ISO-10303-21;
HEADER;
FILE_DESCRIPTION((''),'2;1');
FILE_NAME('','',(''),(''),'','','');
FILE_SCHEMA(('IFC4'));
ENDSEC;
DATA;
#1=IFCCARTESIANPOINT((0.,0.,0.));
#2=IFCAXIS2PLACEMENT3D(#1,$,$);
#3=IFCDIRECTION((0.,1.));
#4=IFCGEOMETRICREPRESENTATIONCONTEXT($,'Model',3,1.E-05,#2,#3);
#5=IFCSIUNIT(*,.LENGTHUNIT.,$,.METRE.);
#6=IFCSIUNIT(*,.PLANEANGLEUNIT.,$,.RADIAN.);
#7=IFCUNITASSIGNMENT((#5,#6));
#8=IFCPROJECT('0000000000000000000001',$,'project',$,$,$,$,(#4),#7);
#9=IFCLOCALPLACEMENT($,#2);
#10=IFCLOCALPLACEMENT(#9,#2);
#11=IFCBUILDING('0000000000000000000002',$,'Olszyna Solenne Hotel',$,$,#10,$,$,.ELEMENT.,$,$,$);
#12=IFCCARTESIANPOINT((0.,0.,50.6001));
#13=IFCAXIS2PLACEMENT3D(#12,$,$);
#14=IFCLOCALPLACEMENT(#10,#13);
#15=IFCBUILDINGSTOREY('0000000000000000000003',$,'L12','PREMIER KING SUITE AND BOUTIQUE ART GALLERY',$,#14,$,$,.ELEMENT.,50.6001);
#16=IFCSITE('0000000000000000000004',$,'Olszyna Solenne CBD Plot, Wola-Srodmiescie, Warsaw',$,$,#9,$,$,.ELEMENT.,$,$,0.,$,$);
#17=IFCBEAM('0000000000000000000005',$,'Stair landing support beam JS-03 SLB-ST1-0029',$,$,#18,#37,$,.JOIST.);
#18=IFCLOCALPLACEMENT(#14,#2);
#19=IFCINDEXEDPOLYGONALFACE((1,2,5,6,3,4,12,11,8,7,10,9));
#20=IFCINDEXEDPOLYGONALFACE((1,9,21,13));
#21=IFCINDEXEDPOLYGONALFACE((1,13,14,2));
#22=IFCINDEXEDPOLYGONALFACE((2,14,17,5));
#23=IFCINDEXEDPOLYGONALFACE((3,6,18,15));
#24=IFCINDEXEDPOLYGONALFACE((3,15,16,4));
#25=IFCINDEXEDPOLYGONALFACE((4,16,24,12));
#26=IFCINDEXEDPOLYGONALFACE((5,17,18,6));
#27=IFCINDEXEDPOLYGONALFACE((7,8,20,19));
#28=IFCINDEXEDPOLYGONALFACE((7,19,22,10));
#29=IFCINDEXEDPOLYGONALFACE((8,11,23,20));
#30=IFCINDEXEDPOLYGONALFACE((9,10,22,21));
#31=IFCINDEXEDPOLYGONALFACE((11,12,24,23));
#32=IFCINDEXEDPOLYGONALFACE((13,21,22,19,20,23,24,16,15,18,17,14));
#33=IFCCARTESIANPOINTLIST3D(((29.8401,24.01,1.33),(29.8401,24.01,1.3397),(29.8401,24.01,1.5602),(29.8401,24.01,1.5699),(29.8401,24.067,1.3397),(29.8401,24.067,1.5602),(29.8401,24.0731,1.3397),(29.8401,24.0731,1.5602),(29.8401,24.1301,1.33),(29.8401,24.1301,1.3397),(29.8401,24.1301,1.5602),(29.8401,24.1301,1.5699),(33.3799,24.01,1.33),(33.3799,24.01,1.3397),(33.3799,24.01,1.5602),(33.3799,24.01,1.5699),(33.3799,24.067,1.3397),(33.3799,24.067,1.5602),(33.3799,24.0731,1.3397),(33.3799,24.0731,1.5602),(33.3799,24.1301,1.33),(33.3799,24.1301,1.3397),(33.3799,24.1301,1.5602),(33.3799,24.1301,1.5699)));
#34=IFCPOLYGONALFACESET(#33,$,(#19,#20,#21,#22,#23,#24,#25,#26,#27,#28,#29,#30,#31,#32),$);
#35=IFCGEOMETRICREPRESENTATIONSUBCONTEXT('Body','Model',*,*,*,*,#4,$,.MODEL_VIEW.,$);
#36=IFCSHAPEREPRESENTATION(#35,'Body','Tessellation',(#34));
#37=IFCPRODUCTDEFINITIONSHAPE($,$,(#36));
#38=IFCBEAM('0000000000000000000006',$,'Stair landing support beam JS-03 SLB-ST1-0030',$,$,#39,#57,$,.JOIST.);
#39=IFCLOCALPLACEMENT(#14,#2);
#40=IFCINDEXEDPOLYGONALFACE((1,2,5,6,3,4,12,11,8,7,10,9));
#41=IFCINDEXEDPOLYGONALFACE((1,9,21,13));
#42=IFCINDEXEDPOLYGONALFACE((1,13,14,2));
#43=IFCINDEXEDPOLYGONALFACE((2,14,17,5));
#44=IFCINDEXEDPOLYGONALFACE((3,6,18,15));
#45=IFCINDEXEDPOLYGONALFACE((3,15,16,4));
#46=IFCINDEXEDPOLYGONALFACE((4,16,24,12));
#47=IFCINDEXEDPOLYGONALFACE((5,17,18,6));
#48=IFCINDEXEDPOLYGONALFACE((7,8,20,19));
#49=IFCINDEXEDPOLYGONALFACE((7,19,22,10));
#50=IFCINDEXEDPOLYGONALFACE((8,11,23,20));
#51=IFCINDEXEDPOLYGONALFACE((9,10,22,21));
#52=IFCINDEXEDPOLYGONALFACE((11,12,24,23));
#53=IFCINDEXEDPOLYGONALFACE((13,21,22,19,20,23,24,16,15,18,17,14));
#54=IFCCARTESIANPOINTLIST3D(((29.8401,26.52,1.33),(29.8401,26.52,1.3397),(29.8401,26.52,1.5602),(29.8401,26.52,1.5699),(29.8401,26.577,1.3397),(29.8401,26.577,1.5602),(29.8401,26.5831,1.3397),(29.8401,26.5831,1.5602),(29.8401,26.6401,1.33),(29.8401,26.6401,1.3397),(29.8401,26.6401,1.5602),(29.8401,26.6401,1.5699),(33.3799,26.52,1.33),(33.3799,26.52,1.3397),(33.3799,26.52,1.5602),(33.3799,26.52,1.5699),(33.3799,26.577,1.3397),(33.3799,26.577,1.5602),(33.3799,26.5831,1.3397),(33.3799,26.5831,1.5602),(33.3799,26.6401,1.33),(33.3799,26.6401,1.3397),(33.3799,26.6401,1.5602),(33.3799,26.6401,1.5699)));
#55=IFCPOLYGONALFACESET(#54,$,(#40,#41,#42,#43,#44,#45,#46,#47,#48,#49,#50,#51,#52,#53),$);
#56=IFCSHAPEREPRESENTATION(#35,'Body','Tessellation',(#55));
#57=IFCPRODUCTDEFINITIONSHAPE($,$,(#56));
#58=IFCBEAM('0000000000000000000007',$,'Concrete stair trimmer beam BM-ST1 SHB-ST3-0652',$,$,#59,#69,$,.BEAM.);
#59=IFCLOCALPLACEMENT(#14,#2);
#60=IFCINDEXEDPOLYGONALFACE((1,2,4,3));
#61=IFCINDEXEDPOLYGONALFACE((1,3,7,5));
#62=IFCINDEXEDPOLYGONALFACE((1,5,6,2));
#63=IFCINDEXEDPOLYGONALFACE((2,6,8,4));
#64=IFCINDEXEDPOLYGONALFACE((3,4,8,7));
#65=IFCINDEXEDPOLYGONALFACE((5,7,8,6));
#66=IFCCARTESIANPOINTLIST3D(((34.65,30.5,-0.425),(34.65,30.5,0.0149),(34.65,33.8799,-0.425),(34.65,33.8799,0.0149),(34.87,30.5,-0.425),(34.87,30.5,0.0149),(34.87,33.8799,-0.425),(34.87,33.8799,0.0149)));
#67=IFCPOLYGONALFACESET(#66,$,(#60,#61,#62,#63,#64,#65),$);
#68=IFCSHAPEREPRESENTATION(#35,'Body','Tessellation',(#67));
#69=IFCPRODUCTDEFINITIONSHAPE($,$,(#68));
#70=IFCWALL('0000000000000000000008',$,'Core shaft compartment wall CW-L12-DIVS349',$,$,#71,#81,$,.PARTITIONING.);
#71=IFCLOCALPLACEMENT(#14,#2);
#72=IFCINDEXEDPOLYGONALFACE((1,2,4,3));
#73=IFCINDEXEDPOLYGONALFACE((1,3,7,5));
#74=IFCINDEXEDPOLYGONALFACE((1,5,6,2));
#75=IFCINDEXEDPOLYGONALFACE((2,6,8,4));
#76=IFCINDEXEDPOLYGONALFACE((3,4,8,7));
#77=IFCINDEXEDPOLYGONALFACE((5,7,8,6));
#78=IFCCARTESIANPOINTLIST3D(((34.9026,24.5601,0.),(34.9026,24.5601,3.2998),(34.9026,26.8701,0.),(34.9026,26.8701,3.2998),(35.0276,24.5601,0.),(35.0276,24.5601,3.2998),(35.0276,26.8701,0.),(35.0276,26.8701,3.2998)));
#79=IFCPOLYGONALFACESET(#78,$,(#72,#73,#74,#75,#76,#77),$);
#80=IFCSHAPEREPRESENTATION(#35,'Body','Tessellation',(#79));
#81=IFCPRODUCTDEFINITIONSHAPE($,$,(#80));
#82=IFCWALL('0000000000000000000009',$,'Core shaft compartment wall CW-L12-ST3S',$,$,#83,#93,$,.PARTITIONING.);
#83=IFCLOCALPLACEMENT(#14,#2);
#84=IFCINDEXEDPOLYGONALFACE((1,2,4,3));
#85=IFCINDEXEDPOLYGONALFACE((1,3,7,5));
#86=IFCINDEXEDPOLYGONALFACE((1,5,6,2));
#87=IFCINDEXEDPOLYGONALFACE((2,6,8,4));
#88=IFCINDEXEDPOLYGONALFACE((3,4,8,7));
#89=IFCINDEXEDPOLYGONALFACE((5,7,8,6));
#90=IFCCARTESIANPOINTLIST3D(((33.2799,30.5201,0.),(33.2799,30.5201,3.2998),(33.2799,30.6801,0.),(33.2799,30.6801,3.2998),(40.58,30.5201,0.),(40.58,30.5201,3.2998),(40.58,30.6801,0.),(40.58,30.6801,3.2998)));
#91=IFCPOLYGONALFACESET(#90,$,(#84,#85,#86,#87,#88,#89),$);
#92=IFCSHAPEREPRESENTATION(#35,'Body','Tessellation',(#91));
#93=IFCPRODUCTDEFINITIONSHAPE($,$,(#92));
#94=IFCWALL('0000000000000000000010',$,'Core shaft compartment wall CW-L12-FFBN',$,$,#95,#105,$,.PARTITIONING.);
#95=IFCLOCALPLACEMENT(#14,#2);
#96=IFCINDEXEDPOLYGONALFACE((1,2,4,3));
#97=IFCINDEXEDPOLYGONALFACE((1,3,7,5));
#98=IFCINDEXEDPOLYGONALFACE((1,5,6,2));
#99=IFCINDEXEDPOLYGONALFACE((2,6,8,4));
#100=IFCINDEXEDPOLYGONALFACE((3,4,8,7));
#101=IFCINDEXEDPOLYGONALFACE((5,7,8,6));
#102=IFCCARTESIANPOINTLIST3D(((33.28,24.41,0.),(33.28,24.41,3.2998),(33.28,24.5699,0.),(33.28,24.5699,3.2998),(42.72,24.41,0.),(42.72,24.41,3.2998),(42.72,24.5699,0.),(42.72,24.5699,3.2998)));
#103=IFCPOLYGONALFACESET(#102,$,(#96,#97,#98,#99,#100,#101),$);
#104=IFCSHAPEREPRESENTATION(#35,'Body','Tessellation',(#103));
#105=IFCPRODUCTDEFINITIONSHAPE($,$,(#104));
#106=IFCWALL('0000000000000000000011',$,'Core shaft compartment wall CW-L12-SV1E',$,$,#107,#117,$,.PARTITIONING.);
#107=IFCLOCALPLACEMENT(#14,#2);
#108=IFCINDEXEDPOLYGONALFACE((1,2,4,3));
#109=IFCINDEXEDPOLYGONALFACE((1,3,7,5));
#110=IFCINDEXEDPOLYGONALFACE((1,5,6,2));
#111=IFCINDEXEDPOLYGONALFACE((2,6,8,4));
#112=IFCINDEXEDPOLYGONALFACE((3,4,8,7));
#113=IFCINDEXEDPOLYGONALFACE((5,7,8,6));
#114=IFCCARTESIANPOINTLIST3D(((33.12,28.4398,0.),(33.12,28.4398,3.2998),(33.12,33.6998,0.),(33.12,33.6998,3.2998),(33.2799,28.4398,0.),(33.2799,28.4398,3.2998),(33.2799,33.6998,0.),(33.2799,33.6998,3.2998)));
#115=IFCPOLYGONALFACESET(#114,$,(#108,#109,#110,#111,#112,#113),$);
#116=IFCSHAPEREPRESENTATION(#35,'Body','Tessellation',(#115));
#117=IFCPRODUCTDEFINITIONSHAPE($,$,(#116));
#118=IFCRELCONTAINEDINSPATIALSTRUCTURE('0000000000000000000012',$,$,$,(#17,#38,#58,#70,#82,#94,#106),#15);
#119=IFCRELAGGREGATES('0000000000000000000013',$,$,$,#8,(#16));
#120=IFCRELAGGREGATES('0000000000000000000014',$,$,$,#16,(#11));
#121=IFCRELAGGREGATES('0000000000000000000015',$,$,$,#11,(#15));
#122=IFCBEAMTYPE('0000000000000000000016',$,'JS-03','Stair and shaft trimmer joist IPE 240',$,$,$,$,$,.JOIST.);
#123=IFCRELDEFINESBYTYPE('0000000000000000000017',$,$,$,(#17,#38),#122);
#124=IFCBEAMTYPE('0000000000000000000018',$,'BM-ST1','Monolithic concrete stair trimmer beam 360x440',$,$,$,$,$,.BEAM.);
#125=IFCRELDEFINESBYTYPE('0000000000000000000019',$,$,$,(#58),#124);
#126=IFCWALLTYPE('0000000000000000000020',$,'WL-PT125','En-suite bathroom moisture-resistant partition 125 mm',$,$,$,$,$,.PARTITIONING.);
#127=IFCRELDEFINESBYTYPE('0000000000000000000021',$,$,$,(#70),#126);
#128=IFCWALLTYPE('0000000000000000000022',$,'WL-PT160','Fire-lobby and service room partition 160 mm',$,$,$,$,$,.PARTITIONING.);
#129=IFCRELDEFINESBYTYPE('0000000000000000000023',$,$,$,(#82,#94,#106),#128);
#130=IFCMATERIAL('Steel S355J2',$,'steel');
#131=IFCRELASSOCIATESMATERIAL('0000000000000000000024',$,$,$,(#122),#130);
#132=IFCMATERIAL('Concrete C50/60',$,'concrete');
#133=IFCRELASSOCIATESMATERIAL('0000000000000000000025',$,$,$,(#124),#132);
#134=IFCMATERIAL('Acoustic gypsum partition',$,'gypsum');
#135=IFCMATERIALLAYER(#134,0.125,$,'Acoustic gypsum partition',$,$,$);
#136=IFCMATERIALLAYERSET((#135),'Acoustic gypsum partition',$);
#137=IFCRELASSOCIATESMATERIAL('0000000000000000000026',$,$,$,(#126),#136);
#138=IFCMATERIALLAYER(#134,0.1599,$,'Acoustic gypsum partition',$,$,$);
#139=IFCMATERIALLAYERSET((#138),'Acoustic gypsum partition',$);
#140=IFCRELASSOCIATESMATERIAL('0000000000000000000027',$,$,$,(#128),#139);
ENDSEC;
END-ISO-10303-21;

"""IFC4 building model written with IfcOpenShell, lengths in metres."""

from ifc_helpers import new_model, si_unit, direction, frame, frame_2d, origin, origin_2d, place, context, subcontext, project, spatial, rectangle, i_section, extrude, source, transform, mapped, material, layer, layer_set, material_profile, profile_set, type_object, element, save


model = new_model("IFC4")

# Units and contexts
model_context = context("Model", 3, precision=1e-05, world=origin(), true_north=direction((0.0, 1.0)))
body_context = subcontext(model_context, "Body", "Model", "MODEL_VIEW")
ifc_project = project(units=[si_unit("LENGTHUNIT", "METRE"), si_unit("PLANEANGLEUNIT", "RADIAN")], contexts=[model_context])

# Site, building, storey
site_placement = place(None, origin())
site = spatial("IfcSite", under=ifc_project, at=site_placement, Name="Olszyna Solenne CBD Plot, Wola-Srodmiescie, Warsaw", CompositionType="ELEMENT", RefElevation=0.0)
building_placement = place(site_placement, origin())
building = spatial("IfcBuilding", under=site, at=building_placement, Name="Olszyna Solenne Hotel", CompositionType="ELEMENT")
storey_placement = place(building_placement, frame((0.0, 0.0, 50.6001)))
storey = spatial("IfcBuildingStorey", under=building, at=storey_placement, Name="L12", Description="PREMIER KING SUITE AND BOUTIQUE ART GALLERY", CompositionType="ELEMENT", Elevation=50.6001)

# Beams
ifc_material_1 = material(Name="Steel S355J2", Category="steel")
ifc_material_profile_1 = material_profile(ifc_material_1, i_section(OverallWidth=0.1201, OverallDepth=0.24, WebThickness=0.0061, FlangeThickness=0.0098, at=origin_2d()), Name="IPE 240", Category="load-bearing")
ifc_profile_set_1 = profile_set([ifc_material_profile_1], Name="Steel S355J2")
beam_type_1 = type_object("IfcBeamType", Name="JS-03", Description="Stair and shaft trimmer joist IPE 240", PredefinedType="JOIST", material=ifc_profile_set_1)
shared_shape_1 = source(origin(), body_context, "Body", "SweptSolid", [
    extrude(i_section(OverallWidth=0.1201, OverallDepth=0.24, WebThickness=0.0061, FlangeThickness=0.0098, at=origin_2d()), origin(), (0.0, 0.0, 1.0), 3.5398),
])
for number, where, z_axis, x_axis, name in (
    (1, (33.3799, 24.0701, 1.45), (-1.0, 0.0, 0.0), (0.0, -1.0, 0.0), "Stair landing support beam JS-03 SLB-ST1-0029"),
    (2, (33.3799, 26.5801, 1.45), (-1.0, 0.0, 0.0), (0.0, -1.0, 0.0), "Stair landing support beam JS-03 SLB-ST1-0030"),
):
    element("IfcBeam", number, at=place(storey_placement, frame(where, z_axis=z_axis, x_axis=x_axis)), inside=storey, type_object=beam_type_1, Name=name, PredefinedType="JOIST", context=body_context, shape_type="MappedRepresentation", body=[
        mapped(shared_shape_1, transform((0.0, 0.0, 0.0), x_axis=(1.0, 0.0, 0.0), y_axis=(0.0, 1.0, 0.0), z_axis=(0.0, 0.0, 1.0), scale=1.0)),
    ])
ifc_material_2 = material(Name="Concrete C50/60", Category="concrete")
ifc_material_profile_2 = material_profile(ifc_material_2, rectangle(XDim=0.22, YDim=0.4399, at=origin_2d()), Name="RC 220x440", Category="load-bearing")
ifc_profile_set_2 = profile_set([ifc_material_profile_2], Name="Concrete C50/60")
beam_type_2 = type_object("IfcBeamType", Name="BM-ST1", Description="Monolithic concrete stair trimmer beam 360x440", PredefinedType="BEAM", material=ifc_profile_set_2)
shared_shape_2 = source(origin(), body_context, "Body", "SweptSolid", [
    extrude(rectangle(XDim=0.22, YDim=0.4399, at=origin_2d()), origin(), (0.0, 0.0, 1.0), 3.3799),
])
beam_placement = place(storey_placement, frame((34.76, 30.5, -0.2051), z_axis=(0.0, 1.0, 0.0), x_axis=(-1.0, 0.0, 0.0)))
element("IfcBeam", 3, at=beam_placement, inside=storey, type_object=beam_type_2, Name="Concrete stair trimmer beam BM-ST1 SHB-ST3-0652", PredefinedType="BEAM", context=body_context, shape_type="MappedRepresentation", body=[
    mapped(shared_shape_2, transform((0.0, 0.0, 0.0), x_axis=(1.0, 0.0, 0.0), y_axis=(0.0, 1.0, 0.0), z_axis=(0.0, 0.0, 1.0), scale=1.0)),
])

# Walls
ifc_material_3 = material(Name="Acoustic gypsum partition", Category="gypsum")
ifc_layer_1 = layer(ifc_material_3, 0.125, Name="Acoustic gypsum partition")
ifc_layer_set_1 = layer_set([ifc_layer_1], Name="Acoustic gypsum partition")
wall_type_1 = type_object("IfcWallType", Name="WL-PT125", Description="En-suite bathroom moisture-resistant partition 125 mm", PredefinedType="PARTITIONING", material=ifc_layer_set_1)
wall_1_placement = place(storey_placement, frame((34.9651, 24.5601, 0.0), z_axis=(0.0, 0.0, 1.0), x_axis=(0.0, 1.0, 0.0)))
element("IfcWall", 4, at=wall_1_placement, inside=storey, type_object=wall_type_1, Name="Core shaft compartment wall CW-L12-DIVS349", PredefinedType="PARTITIONING", context=body_context, shape_type="SweptSolid", body=[
    extrude(rectangle(XDim=2.3101, YDim=0.125, at=frame_2d((1.155, 0.0))), origin(), (0.0, 0.0, 1.0), 3.2998),
])
ifc_layer_2 = layer(ifc_material_3, 0.1599, Name="Acoustic gypsum partition")
ifc_layer_set_2 = layer_set([ifc_layer_2], Name="Acoustic gypsum partition")
wall_type_2 = type_object("IfcWallType", Name="WL-PT160", Description="Fire-lobby and service room partition 160 mm", PredefinedType="PARTITIONING", material=ifc_layer_set_2)
wall_2_placement = place(storey_placement, frame((33.28, 30.6001, 0.0), z_axis=(0.0, 0.0, 1.0), x_axis=(1.0, 0.0, 0.0)))
element("IfcWall", 5, at=wall_2_placement, inside=storey, type_object=wall_type_2, Name="Core shaft compartment wall CW-L12-ST3S", PredefinedType="PARTITIONING", context=body_context, shape_type="SweptSolid", body=[
    extrude(rectangle(XDim=7.3, YDim=0.1599, at=frame_2d((3.6499, 0.0))), origin(), (0.0, 0.0, 1.0), 3.2998),
])
wall_3_placement = place(storey_placement, frame((33.28, 24.49, 0.0), z_axis=(0.0, 0.0, 1.0), x_axis=(1.0, 0.0, 0.0)))
element("IfcWall", 6, at=wall_3_placement, inside=storey, type_object=wall_type_2, Name="Core shaft compartment wall CW-L12-FFBN", PredefinedType="PARTITIONING", context=body_context, shape_type="SweptSolid", body=[
    extrude(rectangle(XDim=9.4399, YDim=0.1599, at=frame_2d((4.72, 0.0))), origin(), (0.0, 0.0, 1.0), 3.2998),
])
wall_4_placement = place(storey_placement, frame((33.2, 28.4399, 0.0), z_axis=(0.0, 0.0, 1.0), x_axis=(0.0, 1.0, 0.0)))
element("IfcWall", 7, at=wall_4_placement, inside=storey, type_object=wall_type_2, Name="Core shaft compartment wall CW-L12-SV1E", PredefinedType="PARTITIONING", context=body_context, shape_type="SweptSolid", body=[
    extrude(rectangle(XDim=5.26, YDim=0.1599, at=frame_2d((2.6299, 0.0))), origin(), (0.0, 0.0, 1.0), 3.2998),
])

save(model, "model.ifc")
